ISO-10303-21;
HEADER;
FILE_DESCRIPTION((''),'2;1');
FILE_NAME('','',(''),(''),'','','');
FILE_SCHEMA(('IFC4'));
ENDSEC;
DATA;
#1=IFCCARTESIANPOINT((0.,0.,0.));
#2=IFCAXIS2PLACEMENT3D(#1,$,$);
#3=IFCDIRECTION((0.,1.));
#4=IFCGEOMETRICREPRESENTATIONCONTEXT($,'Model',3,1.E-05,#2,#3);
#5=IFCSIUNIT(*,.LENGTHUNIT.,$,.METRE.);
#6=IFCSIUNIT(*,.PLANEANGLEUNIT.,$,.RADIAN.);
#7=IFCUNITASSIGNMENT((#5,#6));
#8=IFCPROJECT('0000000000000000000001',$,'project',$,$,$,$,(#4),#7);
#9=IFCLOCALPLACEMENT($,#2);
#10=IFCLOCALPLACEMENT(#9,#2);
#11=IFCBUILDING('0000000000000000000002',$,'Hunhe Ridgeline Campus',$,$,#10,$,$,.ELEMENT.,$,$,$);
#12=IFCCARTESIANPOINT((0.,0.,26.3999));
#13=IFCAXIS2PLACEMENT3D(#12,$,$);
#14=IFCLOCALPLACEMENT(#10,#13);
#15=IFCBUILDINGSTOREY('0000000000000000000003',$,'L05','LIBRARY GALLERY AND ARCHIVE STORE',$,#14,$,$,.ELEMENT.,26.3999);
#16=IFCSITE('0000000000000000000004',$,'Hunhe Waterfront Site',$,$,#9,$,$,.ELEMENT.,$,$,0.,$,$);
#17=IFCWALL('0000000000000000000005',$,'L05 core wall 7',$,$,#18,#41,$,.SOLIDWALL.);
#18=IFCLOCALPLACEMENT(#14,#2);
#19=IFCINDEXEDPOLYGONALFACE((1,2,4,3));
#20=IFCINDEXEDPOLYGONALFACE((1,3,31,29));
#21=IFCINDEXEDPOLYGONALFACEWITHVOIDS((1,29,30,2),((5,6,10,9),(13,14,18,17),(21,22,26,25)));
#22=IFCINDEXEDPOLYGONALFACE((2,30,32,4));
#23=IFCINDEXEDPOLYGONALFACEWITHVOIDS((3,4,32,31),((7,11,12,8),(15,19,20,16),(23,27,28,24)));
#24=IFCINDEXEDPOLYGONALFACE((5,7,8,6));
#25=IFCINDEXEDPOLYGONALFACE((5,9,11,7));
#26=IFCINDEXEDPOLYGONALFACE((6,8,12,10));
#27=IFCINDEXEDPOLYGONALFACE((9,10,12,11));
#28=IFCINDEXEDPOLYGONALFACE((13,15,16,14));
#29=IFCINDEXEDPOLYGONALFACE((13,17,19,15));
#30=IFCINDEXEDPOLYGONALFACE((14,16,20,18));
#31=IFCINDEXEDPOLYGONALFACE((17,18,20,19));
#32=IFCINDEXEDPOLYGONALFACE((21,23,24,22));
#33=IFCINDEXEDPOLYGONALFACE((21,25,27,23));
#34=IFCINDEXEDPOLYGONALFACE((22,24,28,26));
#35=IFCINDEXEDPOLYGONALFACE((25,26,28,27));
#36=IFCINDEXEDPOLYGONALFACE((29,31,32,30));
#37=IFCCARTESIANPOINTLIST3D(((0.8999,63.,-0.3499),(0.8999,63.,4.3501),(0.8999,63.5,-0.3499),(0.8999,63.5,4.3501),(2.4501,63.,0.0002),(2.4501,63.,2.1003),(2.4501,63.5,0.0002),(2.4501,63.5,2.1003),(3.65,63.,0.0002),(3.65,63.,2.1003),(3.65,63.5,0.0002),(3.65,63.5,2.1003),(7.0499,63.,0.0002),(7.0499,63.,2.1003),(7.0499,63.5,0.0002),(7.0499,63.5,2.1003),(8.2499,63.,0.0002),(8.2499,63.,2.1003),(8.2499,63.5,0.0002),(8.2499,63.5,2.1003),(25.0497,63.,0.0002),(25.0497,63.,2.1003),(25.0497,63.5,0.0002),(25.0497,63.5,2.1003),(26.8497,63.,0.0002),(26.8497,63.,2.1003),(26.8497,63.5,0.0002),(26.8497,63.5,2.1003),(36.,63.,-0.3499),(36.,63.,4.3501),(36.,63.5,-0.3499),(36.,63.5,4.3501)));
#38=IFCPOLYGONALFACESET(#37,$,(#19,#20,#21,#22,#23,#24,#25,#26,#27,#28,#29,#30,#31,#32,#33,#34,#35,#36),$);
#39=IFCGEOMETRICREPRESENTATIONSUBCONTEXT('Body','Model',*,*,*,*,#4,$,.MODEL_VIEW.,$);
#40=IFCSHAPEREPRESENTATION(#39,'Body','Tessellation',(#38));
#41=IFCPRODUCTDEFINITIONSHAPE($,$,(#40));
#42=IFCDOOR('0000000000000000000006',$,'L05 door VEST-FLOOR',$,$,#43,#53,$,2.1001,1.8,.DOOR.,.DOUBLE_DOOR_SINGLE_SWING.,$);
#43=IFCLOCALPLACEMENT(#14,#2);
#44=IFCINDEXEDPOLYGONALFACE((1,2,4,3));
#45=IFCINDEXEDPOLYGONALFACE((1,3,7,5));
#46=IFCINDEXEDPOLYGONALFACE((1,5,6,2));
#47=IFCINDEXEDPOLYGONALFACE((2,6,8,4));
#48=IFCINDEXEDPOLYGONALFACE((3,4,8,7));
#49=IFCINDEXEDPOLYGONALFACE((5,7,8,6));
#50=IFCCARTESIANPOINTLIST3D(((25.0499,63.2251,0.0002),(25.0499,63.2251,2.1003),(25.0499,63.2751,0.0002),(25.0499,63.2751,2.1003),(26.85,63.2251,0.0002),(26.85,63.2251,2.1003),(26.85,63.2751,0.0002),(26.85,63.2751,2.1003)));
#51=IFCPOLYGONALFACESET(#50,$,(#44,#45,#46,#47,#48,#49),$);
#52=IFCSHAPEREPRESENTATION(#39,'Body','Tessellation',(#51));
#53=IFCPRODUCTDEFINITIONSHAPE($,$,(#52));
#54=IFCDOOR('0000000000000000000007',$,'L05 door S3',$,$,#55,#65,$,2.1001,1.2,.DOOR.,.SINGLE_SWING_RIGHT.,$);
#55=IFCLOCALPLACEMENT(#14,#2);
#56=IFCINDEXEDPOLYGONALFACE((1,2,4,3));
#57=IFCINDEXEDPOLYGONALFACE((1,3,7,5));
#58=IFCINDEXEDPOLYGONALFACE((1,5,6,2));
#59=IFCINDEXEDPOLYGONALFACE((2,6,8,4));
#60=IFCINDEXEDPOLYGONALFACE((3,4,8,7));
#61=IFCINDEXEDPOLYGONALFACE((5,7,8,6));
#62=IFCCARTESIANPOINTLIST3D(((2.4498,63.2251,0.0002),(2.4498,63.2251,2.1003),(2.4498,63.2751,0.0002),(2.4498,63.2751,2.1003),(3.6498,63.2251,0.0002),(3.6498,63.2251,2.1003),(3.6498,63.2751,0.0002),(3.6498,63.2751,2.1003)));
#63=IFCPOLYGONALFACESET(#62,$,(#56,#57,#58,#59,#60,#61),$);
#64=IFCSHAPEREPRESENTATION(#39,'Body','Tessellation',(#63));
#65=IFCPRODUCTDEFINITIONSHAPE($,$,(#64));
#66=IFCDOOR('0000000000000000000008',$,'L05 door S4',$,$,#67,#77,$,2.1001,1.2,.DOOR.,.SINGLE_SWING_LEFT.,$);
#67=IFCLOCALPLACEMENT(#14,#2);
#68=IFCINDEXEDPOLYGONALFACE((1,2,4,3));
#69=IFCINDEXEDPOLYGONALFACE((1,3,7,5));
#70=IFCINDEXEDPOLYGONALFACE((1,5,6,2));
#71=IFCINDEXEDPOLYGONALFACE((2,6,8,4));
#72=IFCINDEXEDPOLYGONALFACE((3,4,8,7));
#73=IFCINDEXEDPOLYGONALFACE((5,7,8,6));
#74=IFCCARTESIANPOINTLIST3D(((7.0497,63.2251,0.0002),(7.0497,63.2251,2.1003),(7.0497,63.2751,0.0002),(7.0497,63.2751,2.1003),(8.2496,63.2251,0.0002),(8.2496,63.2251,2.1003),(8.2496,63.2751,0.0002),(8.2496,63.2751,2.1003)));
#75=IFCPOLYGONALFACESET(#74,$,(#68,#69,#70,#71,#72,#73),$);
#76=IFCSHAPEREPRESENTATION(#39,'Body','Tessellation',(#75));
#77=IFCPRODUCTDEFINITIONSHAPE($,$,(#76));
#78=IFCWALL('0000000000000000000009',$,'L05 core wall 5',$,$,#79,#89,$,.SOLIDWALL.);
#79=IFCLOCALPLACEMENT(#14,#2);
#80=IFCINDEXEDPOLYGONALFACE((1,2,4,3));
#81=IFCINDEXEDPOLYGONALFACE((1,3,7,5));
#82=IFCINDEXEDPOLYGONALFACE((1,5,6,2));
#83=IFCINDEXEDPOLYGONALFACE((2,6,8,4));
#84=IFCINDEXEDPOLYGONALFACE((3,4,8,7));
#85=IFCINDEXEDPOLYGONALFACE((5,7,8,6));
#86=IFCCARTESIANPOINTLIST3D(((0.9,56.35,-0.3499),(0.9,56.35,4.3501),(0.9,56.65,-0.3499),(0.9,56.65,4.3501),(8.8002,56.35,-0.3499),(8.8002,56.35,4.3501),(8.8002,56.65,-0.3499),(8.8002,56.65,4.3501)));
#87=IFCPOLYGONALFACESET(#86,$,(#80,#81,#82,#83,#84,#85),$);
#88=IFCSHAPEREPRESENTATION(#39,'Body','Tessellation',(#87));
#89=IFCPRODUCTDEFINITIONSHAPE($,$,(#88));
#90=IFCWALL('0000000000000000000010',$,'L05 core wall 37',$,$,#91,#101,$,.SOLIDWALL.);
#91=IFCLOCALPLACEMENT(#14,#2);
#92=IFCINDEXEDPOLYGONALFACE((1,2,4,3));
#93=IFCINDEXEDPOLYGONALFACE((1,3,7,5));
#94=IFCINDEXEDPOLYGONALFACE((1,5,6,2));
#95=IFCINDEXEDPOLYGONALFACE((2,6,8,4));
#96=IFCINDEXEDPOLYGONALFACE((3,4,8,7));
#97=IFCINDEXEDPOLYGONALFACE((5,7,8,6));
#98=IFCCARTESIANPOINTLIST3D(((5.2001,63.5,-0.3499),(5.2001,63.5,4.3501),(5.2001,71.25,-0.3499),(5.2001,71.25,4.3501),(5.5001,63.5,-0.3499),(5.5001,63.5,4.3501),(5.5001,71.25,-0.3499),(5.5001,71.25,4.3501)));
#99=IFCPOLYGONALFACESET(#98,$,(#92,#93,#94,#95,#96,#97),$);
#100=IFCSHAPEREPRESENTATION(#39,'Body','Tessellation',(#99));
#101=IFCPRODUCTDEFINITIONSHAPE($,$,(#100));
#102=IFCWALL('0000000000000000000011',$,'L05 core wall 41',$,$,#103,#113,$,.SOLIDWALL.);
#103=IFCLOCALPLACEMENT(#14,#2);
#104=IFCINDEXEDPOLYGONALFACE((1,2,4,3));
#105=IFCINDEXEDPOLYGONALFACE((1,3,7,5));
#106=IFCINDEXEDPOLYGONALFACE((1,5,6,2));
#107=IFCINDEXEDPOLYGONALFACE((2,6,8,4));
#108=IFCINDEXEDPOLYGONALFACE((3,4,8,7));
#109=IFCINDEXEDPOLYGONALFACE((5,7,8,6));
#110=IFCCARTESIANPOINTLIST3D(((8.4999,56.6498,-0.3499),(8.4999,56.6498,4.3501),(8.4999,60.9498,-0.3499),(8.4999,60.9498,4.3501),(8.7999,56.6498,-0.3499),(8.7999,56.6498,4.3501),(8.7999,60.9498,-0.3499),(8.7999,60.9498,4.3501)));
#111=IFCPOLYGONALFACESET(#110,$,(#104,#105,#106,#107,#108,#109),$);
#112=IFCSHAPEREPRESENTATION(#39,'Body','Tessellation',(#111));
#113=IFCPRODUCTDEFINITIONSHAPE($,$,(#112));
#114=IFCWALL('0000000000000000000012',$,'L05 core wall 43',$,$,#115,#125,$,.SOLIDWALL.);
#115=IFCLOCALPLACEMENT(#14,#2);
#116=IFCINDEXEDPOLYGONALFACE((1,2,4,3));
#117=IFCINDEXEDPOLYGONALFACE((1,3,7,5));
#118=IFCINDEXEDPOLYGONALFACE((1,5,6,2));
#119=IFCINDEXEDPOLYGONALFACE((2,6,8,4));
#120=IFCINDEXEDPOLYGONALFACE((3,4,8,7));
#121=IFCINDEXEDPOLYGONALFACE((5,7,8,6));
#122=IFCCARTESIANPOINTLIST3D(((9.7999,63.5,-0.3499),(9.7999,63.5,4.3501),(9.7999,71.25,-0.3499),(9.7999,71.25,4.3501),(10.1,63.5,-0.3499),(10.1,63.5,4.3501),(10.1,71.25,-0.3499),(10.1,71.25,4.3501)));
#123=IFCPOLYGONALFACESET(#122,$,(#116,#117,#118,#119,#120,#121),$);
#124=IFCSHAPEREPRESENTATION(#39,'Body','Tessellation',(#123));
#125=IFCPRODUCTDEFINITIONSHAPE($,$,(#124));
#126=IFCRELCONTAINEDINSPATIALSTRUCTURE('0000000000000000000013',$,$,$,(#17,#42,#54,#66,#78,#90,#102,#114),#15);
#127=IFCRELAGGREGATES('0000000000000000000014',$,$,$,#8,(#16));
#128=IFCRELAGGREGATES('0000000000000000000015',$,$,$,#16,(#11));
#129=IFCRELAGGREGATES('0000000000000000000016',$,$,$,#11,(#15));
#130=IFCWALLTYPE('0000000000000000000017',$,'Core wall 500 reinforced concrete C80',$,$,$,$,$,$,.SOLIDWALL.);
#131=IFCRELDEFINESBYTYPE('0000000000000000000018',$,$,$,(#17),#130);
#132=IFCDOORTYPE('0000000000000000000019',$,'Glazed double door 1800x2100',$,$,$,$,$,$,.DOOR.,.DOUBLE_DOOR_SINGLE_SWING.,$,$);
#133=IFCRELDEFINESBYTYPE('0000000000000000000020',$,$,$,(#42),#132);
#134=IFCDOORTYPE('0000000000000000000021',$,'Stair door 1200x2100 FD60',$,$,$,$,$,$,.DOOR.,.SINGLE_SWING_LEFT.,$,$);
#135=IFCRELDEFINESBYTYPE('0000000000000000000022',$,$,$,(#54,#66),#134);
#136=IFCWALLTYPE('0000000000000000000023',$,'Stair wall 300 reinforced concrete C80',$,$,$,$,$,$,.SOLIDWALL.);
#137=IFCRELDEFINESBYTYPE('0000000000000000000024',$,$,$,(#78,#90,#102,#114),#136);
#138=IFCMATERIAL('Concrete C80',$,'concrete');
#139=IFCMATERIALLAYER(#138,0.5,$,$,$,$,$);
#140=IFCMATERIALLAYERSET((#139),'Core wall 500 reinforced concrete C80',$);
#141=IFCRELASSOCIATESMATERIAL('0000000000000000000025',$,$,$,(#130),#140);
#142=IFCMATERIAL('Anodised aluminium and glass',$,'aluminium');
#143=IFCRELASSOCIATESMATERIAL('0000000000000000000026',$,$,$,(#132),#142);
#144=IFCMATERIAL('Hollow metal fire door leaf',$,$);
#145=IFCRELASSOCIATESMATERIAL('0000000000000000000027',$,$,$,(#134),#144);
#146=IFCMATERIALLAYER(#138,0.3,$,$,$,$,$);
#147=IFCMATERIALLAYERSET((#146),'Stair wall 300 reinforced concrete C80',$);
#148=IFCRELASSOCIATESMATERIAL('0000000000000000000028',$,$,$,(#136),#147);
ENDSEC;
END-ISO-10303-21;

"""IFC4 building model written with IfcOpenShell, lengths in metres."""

from ifc_helpers import new_model, si_unit, direction, frame, frame_2d, origin, place, context, subcontext, project, spatial, rectangle, extrude, material, layer, layer_set, type_object, element, fill, save


model = new_model("IFC4")

# Units and contexts
model_context = context("Model", 3, precision=1e-05, world=origin(), true_north=direction((0.0, 1.0)))
body_context = subcontext(model_context, "Body", "Model", "MODEL_VIEW")
ifc_project = project(units=[si_unit("LENGTHUNIT", "METRE"), si_unit("PLANEANGLEUNIT", "RADIAN")], contexts=[model_context])

# Site, building, storey
site_placement = place(None, origin())
site = spatial("IfcSite", under=ifc_project, at=site_placement, Name="Hunhe Waterfront Site", CompositionType="ELEMENT", RefElevation=0.0)
building_placement = place(site_placement, origin())
building = spatial("IfcBuilding", under=site, at=building_placement, Name="Hunhe Ridgeline Campus", CompositionType="ELEMENT")
storey_placement = place(building_placement, frame((0.0, 0.0, 26.3999)))
storey = spatial("IfcBuildingStorey", under=building, at=storey_placement, Name="L05", Description="LIBRARY GALLERY AND ARCHIVE STORE", CompositionType="ELEMENT", Elevation=26.3999)

# Wall, openings, doors
ifc_material_1 = material(Name="Concrete C80", Category="concrete")
ifc_layer_1 = layer(ifc_material_1, 0.5)
ifc_layer_set_1 = layer_set([ifc_layer_1], Name="Core wall 500 reinforced concrete C80")
wall_type_1 = type_object("IfcWallType", Name="Core wall 500 reinforced concrete C80", PredefinedType="SOLIDWALL", material=ifc_layer_set_1)
wall_1_placement = place(storey_placement, frame((0.8999, 63.25, -0.3499), z_axis=(0.0, 0.0, 1.0), x_axis=(1.0, 0.0, 0.0)))
wall_1 = element("IfcWall", 1, at=wall_1_placement, inside=storey, type_object=wall_type_1, Name="L05 core wall 7", PredefinedType="SOLIDWALL", context=body_context, shape_type="SweptSolid", body=[
    extrude(rectangle(XDim=35.1001, YDim=0.5, at=frame_2d((17.55, 0.0))), origin(), (0.0, 0.0, 1.0), 4.7),
])
opening_1_placement = place(wall_1_placement, frame((24.1499, 0.0, 0.3501)))
opening_1 = element("IfcOpeningElement", 2, at=opening_1_placement, cuts=wall_1, PredefinedType="OPENING", context=body_context, shape_type="SweptSolid", body=[
    extrude(rectangle(XDim=1.8, YDim=2.1001, at=frame_2d((0.8999, 1.05))), frame((0.0, 0.25, 0.0), z_axis=(0.0, -1.0, 0.0), x_axis=(1.0, 0.0, 0.0)), (0.0, 0.0, 1.0), 0.5),
])
opening_2_placement = place(wall_1_placement, frame((1.55, 0.0, 0.3501)))
opening_2 = element("IfcOpeningElement", 3, at=opening_2_placement, cuts=wall_1, PredefinedType="OPENING", context=body_context, shape_type="SweptSolid", body=[
    extrude(rectangle(XDim=1.2, YDim=2.1001, at=frame_2d((0.6001, 1.05))), frame((0.0, 0.25, 0.0), z_axis=(0.0, -1.0, 0.0), x_axis=(1.0, 0.0, 0.0)), (0.0, 0.0, 1.0), 0.5),
])
opening_3_placement = place(wall_1_placement, frame((6.1499, 0.0, 0.3501)))
opening_3 = element("IfcOpeningElement", 4, at=opening_3_placement, cuts=wall_1, PredefinedType="OPENING", context=body_context, shape_type="SweptSolid", body=[
    extrude(rectangle(XDim=1.2, YDim=2.1001, at=frame_2d((0.6001, 1.05))), frame((0.0, 0.25, 0.0), z_axis=(0.0, -1.0, 0.0), x_axis=(1.0, 0.0, 0.0)), (0.0, 0.0, 1.0), 0.5),
])
ifc_material_2 = material(Name="Anodised aluminium and glass", Category="aluminium")
door_type_1 = type_object("IfcDoorType", Name="Glazed double door 1800x2100", OperationType="DOUBLE_DOOR_SINGLE_SWING", PredefinedType="DOOR", material=ifc_material_2)
door_1_placement = place(opening_1_placement, frame((1.8, 0.0, 0.0), z_axis=(0.0, 0.0, 1.0), x_axis=(-1.0, 0.0, 0.0)))
door_1 = element("IfcDoor", 5, at=door_1_placement, inside=storey, type_object=door_type_1, Name="L05 door VEST-FLOOR", OperationType="DOUBLE_DOOR_SINGLE_SWING", OverallHeight=2.1001, OverallWidth=1.8, PredefinedType="DOOR", context=body_context, shape_type="SweptSolid", body=[
    extrude(rectangle(XDim=1.8, YDim=2.1001, at=frame_2d((0.8999, 1.05))), frame((0.0, 0.0249, 0.0), z_axis=(0.0, -1.0, 0.0), x_axis=(1.0, 0.0, 0.0)), (0.0, 0.0, 1.0), 0.05),
])
fill(opening_1, door_1)
ifc_material_3 = material(Name="Hollow metal fire door leaf")
door_type_2 = type_object("IfcDoorType", Name="Stair door 1200x2100 FD60", OperationType="SINGLE_SWING_LEFT", PredefinedType="DOOR", material=ifc_material_3)
door_2_placement = place(opening_2_placement, frame((1.2, 0.0, 0.0), z_axis=(0.0, 0.0, 1.0), x_axis=(-1.0, 0.0, 0.0)))
door_2 = element("IfcDoor", 6, at=door_2_placement, inside=storey, type_object=door_type_2, Name="L05 door S3", OperationType="SINGLE_SWING_RIGHT", OverallHeight=2.1001, OverallWidth=1.2, PredefinedType="DOOR", context=body_context, shape_type="SweptSolid", body=[
    extrude(rectangle(XDim=1.2, YDim=2.1001, at=frame_2d((0.6001, 1.05))), frame((0.0, 0.0249, 0.0), z_axis=(0.0, -1.0, 0.0), x_axis=(1.0, 0.0, 0.0)), (0.0, 0.0, 1.0), 0.05),
])
fill(opening_2, door_2)
door_3_placement = place(opening_3_placement, frame((1.2, 0.0, 0.0), z_axis=(0.0, 0.0, 1.0), x_axis=(-1.0, 0.0, 0.0)))
door_3 = element("IfcDoor", 7, at=door_3_placement, inside=storey, type_object=door_type_2, Name="L05 door S4", OperationType="SINGLE_SWING_LEFT", OverallHeight=2.1001, OverallWidth=1.2, PredefinedType="DOOR", context=body_context, shape_type="SweptSolid", body=[
    extrude(rectangle(XDim=1.2, YDim=2.1001, at=frame_2d((0.6001, 1.05))), frame((0.0, 0.0249, 0.0), z_axis=(0.0, -1.0, 0.0), x_axis=(1.0, 0.0, 0.0)), (0.0, 0.0, 1.0), 0.05),
])
fill(opening_3, door_3)

# Wall
ifc_layer_2 = layer(ifc_material_1, 0.3)
ifc_layer_set_2 = layer_set([ifc_layer_2], Name="Stair wall 300 reinforced concrete C80")
wall_type_2 = type_object("IfcWallType", Name="Stair wall 300 reinforced concrete C80", PredefinedType="SOLIDWALL", material=ifc_layer_set_2)
wall_2_placement = place(storey_placement, frame((0.8999, 56.5, -0.3499), z_axis=(0.0, 0.0, 1.0), x_axis=(1.0, 0.0, 0.0)))
element("IfcWall", 8, at=wall_2_placement, inside=storey, type_object=wall_type_2, Name="L05 core wall 5", PredefinedType="SOLIDWALL", context=body_context, shape_type="SweptSolid", body=[
    extrude(rectangle(XDim=7.9001, YDim=0.3, at=frame_2d((3.9502, 0.0))), origin(), (0.0, 0.0, 1.0), 4.7),
])

# Walls
wall_3_placement = place(storey_placement, frame((5.3501, 63.5, -0.3499), z_axis=(0.0, 0.0, 1.0), x_axis=(0.0, 1.0, 0.0)))
element("IfcWall", 9, at=wall_3_placement, inside=storey, type_object=wall_type_2, Name="L05 core wall 37", PredefinedType="SOLIDWALL", context=body_context, shape_type="SweptSolid", body=[
    extrude(rectangle(XDim=7.75, YDim=0.3, at=frame_2d((3.875, 0.0))), origin(), (0.0, 0.0, 1.0), 4.7),
])
wall_4_placement = place(storey_placement, frame((8.6499, 56.6499, -0.3499), z_axis=(0.0, 0.0, 1.0), x_axis=(0.0, 1.0, 0.0)))
element("IfcWall", 10, at=wall_4_placement, inside=storey, type_object=wall_type_2, Name="L05 core wall 41", PredefinedType="SOLIDWALL", context=body_context, shape_type="SweptSolid", body=[
    extrude(rectangle(XDim=4.3, YDim=0.3, at=frame_2d((2.1499, 0.0))), origin(), (0.0, 0.0, 1.0), 4.7),
])
wall_5_placement = place(storey_placement, frame((9.95, 63.5, -0.3499), z_axis=(0.0, 0.0, 1.0), x_axis=(0.0, 1.0, 0.0)))
element("IfcWall", 11, at=wall_5_placement, inside=storey, type_object=wall_type_2, Name="L05 core wall 43", PredefinedType="SOLIDWALL", context=body_context, shape_type="SweptSolid", body=[
    extrude(rectangle(XDim=7.75, YDim=0.3, at=frame_2d((3.875, 0.0))), origin(), (0.0, 0.0, 1.0), 4.7),
])

save(model, "model.ifc")
